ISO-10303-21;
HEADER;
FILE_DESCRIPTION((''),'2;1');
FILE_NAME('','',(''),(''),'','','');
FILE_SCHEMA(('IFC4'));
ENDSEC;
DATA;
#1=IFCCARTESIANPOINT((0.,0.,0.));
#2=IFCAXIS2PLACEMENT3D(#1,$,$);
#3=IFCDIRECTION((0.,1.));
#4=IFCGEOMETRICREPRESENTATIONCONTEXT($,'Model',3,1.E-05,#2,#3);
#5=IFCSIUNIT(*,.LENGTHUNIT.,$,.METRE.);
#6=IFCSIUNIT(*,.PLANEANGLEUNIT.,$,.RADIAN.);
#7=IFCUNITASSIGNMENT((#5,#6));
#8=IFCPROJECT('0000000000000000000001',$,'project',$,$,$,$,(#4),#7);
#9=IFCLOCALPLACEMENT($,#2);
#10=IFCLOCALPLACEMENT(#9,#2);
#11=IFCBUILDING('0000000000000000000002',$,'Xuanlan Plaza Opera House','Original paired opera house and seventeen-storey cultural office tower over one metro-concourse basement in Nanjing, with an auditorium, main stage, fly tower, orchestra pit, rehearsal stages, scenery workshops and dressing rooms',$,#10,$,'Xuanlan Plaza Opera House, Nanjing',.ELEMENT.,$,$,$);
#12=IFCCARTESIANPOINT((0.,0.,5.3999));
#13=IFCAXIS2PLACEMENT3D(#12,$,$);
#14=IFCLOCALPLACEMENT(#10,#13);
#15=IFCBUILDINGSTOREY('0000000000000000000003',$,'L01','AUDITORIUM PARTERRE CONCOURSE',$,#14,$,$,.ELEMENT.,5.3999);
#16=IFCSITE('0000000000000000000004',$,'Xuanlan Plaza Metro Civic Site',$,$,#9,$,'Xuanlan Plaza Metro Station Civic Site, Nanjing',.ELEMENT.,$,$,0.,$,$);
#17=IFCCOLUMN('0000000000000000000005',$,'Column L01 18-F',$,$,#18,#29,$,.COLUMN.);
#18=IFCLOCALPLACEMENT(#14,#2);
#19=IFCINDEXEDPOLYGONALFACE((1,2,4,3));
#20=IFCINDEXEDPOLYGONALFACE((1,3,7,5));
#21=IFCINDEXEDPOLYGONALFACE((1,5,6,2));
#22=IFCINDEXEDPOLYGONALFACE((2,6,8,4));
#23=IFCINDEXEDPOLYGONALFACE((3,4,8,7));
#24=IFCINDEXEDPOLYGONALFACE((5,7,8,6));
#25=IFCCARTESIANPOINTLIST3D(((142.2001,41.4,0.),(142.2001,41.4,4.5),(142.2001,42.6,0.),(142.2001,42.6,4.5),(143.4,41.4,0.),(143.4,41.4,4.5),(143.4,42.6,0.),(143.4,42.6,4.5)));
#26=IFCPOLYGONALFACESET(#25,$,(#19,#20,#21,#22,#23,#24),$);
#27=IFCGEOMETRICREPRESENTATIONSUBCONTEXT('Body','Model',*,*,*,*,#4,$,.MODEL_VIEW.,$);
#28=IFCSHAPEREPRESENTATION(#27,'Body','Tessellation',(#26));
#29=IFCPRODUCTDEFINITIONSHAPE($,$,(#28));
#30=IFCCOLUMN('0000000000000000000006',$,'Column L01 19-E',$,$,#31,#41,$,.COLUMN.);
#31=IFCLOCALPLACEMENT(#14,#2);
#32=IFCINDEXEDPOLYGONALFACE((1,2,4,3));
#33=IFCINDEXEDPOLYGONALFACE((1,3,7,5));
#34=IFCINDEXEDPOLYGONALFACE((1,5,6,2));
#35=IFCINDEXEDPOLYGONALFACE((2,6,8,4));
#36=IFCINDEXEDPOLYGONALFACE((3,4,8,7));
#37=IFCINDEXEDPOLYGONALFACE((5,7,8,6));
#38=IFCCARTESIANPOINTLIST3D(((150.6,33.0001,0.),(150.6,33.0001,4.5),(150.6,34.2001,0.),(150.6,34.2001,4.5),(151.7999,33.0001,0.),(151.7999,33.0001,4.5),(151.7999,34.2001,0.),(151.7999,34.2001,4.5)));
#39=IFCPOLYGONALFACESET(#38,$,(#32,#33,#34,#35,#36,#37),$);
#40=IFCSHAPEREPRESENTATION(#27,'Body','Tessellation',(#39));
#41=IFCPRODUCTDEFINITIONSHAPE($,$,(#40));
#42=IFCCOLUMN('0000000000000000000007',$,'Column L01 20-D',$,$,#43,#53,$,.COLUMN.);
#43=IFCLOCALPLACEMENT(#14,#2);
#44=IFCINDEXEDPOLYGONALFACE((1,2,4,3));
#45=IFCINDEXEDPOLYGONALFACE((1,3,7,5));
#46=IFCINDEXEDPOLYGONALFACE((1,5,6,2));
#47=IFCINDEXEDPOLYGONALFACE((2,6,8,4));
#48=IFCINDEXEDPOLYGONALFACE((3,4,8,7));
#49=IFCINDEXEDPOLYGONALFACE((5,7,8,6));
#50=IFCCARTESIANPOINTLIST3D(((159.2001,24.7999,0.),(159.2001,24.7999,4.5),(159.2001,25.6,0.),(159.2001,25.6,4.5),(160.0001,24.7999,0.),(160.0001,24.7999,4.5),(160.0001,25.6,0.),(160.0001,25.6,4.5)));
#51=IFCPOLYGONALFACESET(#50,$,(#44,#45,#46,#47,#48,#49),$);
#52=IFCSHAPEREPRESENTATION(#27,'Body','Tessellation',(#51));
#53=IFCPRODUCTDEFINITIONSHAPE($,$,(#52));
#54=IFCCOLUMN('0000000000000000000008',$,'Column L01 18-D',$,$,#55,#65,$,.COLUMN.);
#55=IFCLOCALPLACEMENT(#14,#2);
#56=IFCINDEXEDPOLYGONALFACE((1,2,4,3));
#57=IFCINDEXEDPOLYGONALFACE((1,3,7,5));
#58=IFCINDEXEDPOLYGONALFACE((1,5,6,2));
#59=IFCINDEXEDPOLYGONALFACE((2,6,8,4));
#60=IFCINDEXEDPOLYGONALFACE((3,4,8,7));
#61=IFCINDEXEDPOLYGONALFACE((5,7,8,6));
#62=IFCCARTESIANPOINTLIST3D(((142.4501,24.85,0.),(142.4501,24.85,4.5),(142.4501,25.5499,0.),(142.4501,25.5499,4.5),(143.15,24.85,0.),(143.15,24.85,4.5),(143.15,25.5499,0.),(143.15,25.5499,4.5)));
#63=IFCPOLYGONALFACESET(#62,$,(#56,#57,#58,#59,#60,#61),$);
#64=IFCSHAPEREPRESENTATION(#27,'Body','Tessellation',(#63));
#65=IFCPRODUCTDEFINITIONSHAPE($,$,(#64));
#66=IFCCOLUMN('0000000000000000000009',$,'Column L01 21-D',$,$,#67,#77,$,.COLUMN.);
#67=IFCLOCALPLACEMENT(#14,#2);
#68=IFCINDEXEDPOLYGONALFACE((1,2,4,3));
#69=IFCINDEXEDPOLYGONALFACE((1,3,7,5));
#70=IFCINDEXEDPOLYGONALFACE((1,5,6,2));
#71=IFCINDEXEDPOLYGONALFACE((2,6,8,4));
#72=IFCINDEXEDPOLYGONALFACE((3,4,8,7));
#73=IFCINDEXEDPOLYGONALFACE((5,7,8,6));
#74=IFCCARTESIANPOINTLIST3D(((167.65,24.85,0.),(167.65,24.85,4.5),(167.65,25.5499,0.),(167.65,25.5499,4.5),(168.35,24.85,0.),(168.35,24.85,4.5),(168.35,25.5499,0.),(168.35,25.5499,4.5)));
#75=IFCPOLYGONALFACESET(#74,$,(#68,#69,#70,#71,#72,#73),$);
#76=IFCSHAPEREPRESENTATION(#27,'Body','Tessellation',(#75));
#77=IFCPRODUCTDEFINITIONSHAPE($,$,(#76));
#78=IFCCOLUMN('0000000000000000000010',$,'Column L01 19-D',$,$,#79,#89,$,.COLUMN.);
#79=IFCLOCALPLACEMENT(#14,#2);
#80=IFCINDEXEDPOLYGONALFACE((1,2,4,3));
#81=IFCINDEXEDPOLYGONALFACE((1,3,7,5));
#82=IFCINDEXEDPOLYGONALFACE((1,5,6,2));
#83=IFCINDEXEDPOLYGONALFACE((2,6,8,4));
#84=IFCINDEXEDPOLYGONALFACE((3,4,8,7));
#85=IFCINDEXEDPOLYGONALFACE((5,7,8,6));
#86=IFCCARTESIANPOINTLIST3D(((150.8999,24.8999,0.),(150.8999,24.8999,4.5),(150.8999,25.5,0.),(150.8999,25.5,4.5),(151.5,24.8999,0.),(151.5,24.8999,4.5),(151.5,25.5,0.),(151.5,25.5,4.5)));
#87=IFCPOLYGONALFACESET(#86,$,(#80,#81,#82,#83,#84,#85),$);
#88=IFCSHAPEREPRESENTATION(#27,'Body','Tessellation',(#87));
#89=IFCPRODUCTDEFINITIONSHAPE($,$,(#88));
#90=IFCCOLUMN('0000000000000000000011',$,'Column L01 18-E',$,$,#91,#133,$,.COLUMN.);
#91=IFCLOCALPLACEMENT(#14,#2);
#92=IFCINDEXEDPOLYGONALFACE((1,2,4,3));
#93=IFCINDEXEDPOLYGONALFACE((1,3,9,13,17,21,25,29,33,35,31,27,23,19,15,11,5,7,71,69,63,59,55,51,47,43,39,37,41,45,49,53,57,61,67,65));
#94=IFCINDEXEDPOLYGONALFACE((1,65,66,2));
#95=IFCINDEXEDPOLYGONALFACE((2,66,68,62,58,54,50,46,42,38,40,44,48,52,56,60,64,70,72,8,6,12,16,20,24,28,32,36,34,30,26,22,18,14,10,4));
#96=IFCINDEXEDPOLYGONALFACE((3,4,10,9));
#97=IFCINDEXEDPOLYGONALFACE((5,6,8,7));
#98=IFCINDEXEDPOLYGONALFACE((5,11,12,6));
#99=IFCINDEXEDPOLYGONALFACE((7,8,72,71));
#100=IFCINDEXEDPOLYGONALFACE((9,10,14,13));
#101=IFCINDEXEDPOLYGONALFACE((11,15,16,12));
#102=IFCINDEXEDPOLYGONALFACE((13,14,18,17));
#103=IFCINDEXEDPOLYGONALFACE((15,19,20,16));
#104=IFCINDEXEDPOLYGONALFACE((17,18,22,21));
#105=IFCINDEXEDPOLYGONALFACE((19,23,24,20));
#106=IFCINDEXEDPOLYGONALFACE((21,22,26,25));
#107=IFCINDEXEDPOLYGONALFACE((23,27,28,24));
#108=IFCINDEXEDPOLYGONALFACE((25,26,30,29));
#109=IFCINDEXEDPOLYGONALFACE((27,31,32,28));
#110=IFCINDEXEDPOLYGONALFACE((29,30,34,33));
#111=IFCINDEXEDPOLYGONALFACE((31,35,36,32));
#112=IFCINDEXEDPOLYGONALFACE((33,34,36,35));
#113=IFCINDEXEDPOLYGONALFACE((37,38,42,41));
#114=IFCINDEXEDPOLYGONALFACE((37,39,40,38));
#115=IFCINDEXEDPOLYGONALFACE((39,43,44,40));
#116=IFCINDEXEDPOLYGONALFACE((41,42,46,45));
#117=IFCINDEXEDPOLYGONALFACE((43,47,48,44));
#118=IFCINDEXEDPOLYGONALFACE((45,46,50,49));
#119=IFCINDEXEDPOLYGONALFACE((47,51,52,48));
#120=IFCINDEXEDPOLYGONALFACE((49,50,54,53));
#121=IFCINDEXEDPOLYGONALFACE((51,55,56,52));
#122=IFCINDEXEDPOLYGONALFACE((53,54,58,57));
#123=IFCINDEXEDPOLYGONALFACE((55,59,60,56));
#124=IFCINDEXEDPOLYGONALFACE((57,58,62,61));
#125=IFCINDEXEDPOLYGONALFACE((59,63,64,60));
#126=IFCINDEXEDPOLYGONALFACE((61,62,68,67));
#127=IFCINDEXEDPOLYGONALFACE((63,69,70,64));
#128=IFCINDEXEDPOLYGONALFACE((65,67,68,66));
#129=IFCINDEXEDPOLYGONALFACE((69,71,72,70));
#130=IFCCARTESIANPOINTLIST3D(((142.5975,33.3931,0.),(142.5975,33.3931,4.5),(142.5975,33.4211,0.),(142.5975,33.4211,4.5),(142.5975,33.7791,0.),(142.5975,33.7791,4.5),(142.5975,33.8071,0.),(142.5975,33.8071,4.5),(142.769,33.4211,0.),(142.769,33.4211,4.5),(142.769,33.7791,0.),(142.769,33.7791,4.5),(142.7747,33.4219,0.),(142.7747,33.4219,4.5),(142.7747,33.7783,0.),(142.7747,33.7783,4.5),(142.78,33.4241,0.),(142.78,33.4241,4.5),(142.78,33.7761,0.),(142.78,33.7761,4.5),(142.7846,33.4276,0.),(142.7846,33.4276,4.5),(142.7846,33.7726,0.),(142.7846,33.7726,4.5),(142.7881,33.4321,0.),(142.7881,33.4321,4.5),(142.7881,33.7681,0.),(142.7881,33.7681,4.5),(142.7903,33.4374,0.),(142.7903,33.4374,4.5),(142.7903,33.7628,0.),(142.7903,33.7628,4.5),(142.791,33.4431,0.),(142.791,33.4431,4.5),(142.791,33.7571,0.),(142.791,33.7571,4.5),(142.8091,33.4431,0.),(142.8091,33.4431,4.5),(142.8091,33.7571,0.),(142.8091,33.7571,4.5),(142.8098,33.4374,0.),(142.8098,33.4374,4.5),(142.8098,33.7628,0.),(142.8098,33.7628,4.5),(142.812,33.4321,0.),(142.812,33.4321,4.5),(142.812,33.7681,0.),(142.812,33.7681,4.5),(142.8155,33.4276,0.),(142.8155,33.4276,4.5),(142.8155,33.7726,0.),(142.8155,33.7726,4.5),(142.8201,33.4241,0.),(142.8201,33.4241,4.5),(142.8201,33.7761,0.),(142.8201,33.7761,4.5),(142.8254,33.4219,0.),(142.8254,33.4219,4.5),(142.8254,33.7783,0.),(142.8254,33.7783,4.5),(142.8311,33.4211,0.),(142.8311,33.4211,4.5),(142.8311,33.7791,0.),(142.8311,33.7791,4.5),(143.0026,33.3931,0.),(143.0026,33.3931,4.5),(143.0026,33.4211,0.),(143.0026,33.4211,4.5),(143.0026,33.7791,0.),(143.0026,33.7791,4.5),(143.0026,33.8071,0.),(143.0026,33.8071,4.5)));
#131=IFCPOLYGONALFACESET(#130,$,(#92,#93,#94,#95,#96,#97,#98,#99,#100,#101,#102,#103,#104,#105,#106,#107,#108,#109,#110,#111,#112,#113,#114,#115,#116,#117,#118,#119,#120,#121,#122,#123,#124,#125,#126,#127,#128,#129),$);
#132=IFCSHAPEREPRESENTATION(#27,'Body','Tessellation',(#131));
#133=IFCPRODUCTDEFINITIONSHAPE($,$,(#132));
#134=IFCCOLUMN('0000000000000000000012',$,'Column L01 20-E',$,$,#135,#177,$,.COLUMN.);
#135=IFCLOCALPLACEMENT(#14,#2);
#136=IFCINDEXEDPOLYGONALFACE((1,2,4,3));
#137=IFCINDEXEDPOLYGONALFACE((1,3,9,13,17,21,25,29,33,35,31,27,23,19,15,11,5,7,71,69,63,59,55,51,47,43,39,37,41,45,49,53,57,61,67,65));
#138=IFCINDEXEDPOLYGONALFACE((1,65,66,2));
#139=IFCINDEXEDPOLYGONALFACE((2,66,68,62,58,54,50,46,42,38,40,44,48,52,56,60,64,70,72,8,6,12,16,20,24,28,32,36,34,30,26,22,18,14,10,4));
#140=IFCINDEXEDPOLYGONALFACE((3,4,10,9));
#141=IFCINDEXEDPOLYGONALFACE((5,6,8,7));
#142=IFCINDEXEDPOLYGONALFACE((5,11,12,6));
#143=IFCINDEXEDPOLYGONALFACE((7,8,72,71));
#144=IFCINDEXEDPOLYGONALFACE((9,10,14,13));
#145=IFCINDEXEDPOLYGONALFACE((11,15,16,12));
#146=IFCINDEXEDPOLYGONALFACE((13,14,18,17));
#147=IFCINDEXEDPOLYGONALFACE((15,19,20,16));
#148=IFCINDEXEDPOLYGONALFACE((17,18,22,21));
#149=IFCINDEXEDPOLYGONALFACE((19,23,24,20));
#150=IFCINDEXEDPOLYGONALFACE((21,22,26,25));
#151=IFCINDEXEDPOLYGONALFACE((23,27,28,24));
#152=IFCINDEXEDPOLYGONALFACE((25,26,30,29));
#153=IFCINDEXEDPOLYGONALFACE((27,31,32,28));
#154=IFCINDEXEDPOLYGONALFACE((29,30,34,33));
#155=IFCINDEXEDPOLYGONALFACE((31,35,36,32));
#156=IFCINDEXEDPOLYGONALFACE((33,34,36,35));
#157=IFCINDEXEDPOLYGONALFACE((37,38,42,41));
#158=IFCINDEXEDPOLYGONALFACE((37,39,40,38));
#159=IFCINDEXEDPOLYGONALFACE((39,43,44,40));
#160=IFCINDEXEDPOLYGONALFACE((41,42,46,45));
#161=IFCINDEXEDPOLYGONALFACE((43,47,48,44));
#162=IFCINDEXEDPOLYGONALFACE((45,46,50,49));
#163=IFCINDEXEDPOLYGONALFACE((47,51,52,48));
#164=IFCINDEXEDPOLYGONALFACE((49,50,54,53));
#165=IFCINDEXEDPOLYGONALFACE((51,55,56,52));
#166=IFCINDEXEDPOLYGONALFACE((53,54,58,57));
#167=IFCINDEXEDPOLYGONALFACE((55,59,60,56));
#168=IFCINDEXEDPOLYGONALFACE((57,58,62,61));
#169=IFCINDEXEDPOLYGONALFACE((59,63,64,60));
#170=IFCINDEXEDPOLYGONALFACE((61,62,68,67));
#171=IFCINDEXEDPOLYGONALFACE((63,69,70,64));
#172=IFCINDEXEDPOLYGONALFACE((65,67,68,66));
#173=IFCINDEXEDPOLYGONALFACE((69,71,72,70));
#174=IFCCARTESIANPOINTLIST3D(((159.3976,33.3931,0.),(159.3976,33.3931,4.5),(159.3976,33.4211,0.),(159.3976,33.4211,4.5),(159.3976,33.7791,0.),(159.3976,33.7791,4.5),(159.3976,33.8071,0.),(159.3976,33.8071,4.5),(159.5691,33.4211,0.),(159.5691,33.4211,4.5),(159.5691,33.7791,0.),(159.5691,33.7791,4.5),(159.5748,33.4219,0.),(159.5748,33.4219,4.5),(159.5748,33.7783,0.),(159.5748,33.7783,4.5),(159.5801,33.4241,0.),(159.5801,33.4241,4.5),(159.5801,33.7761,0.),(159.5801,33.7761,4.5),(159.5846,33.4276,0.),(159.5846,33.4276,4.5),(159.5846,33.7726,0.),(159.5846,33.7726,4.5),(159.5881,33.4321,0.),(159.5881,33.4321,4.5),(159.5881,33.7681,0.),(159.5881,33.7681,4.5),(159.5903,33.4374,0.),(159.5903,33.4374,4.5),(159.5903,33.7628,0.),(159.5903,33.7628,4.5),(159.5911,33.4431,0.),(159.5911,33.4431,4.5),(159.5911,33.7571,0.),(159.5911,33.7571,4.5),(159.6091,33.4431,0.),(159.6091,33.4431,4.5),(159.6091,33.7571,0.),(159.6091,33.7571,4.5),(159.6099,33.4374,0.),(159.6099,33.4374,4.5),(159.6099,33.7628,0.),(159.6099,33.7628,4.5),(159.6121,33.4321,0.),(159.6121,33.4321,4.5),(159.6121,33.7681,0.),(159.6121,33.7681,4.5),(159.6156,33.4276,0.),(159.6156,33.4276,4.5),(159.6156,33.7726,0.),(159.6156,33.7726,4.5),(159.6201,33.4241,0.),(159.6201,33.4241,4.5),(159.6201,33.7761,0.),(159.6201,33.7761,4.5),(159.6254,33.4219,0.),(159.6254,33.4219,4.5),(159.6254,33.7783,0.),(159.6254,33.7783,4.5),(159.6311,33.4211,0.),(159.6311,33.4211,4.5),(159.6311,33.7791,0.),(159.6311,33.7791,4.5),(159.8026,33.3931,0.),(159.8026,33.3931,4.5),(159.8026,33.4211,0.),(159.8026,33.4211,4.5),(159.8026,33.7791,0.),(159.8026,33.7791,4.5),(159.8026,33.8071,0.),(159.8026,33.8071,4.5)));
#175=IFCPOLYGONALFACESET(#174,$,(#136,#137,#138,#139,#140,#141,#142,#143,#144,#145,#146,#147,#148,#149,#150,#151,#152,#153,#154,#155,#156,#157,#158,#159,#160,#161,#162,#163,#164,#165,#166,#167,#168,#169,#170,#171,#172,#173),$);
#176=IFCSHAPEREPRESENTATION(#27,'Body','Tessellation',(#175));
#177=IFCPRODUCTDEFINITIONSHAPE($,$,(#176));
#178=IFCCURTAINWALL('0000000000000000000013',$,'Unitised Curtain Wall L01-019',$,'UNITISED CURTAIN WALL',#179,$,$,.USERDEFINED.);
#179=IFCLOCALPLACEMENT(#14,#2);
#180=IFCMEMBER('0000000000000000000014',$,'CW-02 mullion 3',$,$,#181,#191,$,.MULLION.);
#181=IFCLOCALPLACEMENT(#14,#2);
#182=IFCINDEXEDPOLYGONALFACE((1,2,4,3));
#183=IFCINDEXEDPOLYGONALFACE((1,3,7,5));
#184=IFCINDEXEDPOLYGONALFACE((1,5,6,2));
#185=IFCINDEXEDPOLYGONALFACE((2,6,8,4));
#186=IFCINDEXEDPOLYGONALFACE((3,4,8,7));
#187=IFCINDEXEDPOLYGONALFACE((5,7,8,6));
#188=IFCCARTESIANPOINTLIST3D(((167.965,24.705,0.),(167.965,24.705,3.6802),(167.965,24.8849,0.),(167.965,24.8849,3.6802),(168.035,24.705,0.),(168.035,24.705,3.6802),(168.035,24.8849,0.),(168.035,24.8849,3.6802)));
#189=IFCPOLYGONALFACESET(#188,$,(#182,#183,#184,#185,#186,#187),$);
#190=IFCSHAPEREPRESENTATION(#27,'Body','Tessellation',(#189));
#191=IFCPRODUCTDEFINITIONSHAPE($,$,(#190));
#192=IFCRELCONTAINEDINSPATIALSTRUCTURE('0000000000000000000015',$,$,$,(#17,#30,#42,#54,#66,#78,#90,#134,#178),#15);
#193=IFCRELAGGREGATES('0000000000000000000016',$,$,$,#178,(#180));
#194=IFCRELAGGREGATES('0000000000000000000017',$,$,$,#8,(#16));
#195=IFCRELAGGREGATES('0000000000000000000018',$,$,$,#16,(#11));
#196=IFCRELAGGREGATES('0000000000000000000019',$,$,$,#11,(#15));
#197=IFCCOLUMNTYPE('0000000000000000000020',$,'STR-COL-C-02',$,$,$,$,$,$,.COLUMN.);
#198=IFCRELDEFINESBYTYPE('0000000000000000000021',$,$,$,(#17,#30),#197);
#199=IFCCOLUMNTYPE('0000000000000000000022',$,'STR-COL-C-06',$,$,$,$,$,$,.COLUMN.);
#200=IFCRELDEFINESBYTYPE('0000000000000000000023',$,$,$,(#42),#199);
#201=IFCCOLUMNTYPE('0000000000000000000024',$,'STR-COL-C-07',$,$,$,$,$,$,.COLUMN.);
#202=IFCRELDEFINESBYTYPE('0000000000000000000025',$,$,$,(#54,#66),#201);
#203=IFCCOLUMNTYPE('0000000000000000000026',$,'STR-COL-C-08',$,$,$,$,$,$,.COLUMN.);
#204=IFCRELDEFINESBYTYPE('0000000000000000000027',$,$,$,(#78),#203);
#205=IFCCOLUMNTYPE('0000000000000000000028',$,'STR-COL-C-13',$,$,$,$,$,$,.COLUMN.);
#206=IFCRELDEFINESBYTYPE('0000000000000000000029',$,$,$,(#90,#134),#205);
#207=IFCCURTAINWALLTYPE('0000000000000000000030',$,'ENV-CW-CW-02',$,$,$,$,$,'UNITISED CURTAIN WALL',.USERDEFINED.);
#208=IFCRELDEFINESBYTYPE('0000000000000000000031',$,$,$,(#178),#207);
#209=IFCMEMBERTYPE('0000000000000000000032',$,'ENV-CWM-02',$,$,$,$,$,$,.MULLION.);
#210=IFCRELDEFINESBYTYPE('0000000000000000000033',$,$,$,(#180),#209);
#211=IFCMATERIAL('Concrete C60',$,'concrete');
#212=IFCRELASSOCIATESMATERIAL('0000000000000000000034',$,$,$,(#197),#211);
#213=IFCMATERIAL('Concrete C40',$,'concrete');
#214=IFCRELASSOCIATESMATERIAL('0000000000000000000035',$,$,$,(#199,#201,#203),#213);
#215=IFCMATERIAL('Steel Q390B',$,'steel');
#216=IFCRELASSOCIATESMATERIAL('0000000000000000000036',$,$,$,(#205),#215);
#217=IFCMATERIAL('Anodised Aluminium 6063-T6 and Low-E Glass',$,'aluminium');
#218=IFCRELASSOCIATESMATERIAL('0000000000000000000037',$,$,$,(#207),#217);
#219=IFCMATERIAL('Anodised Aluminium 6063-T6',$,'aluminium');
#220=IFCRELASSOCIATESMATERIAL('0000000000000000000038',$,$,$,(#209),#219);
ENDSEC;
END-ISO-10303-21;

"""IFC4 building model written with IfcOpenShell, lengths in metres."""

from ifc_helpers import new_model, si_unit, direction, frame, origin, origin_2d, place, context, subcontext, project, spatial, rectangle, i_section, extrude, material, material_profile, profile_set, type_object, element, aggregate, save


model = new_model("IFC4")

# Units and contexts
model_context = context("Model", 3, precision=1e-05, world=origin(), true_north=direction((0.0, 1.0)))
body_context = subcontext(model_context, "Body", "Model", "MODEL_VIEW")
ifc_project = project(units=[si_unit("LENGTHUNIT", "METRE"), si_unit("PLANEANGLEUNIT", "RADIAN")], contexts=[model_context])

# Site, building, storey
site_placement = place(None, origin())
site = spatial("IfcSite", under=ifc_project, at=site_placement, Name="Xuanlan Plaza Metro Civic Site", LongName="Xuanlan Plaza Metro Station Civic Site, Nanjing", CompositionType="ELEMENT", RefElevation=0.0)
building_placement = place(site_placement, origin())
building = spatial("IfcBuilding", under=site, at=building_placement, Name="Xuanlan Plaza Opera House", Description="Original paired opera house and seventeen-storey cultural office tower over one metro-concourse basement in Nanjing, with an auditorium, main stage, fly tower, orchestra pit, rehearsal stages, scenery workshops and dressing rooms", LongName="Xuanlan Plaza Opera House, Nanjing", CompositionType="ELEMENT")
storey_placement = place(building_placement, frame((0.0, 0.0, 5.3999)))
storey = spatial("IfcBuildingStorey", under=building, at=storey_placement, Name="L01", Description="AUDITORIUM PARTERRE CONCOURSE", CompositionType="ELEMENT", Elevation=5.3999)

# Columns
ifc_material_1 = material(Name="Concrete C60", Category="concrete")
ifc_material_profile_1 = material_profile(ifc_material_1, rectangle(XDim=1.2, YDim=1.2, at=origin_2d()), Name="RC-COL 1200x1200")
ifc_profile_set_1 = profile_set([ifc_material_profile_1], Name="Concrete C60")
column_type_1 = type_object("IfcColumnType", Name="STR-COL-C-02", PredefinedType="COLUMN", material=ifc_profile_set_1)
for number, where, z_axis, x_axis, name in (
    (1, (142.8, 42.0, 0.0), (0.0, 0.0, 1.0), (1.0, 0.0, 0.0), "Column L01 18-F"),
    (2, (151.2, 33.6001, 0.0), (0.0, 0.0, 1.0), (1.0, 0.0, 0.0), "Column L01 19-E"),
):
    element("IfcColumn", number, at=place(storey_placement, frame(where, z_axis=z_axis, x_axis=x_axis)), inside=storey, type_object=column_type_1, Name=name, PredefinedType="COLUMN", context=body_context, shape_type="SweptSolid", body=[
        extrude(rectangle(XDim=1.2, YDim=1.2, at=origin_2d()), origin(), (0.0, 0.0, 1.0), 4.5),
    ])
ifc_material_2 = material(Name="Concrete C40", Category="concrete")
ifc_material_profile_2 = material_profile(ifc_material_2, rectangle(XDim=0.8, YDim=0.8, at=origin_2d()), Name="RC-COL 800x800")
ifc_profile_set_2 = profile_set([ifc_material_profile_2], Name="Concrete C40")
column_type_2 = type_object("IfcColumnType", Name="STR-COL-C-06", PredefinedType="COLUMN", material=ifc_profile_set_2)
column_1_placement = place(storey_placement, frame((159.6001, 25.2, 0.0), z_axis=(0.0, 0.0, 1.0), x_axis=(1.0, 0.0, 0.0)))
element("IfcColumn", 3, at=column_1_placement, inside=storey, type_object=column_type_2, Name="Column L01 20-D", PredefinedType="COLUMN", context=body_context, shape_type="SweptSolid", body=[
    extrude(rectangle(XDim=0.8, YDim=0.8, at=origin_2d()), origin(), (0.0, 0.0, 1.0), 4.5),
])
ifc_material_profile_3 = material_profile(ifc_material_2, rectangle(XDim=0.7, YDim=0.7, at=origin_2d()), Name="RC-COL 700x700")
ifc_profile_set_3 = profile_set([ifc_material_profile_3], Name="Concrete C40")
column_type_3 = type_object("IfcColumnType", Name="STR-COL-C-07", PredefinedType="COLUMN", material=ifc_profile_set_3)
for number, where, z_axis, x_axis, name in (
    (4, (142.8, 25.2, 0.0), (0.0, 0.0, 1.0), (1.0, 0.0, 0.0), "Column L01 18-D"),
    (5, (168.0, 25.2, 0.0), (0.0, 0.0, 1.0), (1.0, 0.0, 0.0), "Column L01 21-D"),
):
    element("IfcColumn", number, at=place(storey_placement, frame(where, z_axis=z_axis, x_axis=x_axis)), inside=storey, type_object=column_type_3, Name=name, PredefinedType="COLUMN", context=body_context, shape_type="SweptSolid", body=[
        extrude(rectangle(XDim=0.7, YDim=0.7, at=origin_2d()), origin(), (0.0, 0.0, 1.0), 4.5),
    ])
ifc_material_profile_4 = material_profile(ifc_material_2, rectangle(XDim=0.6001, YDim=0.6001, at=origin_2d()), Name="RC-COL 600x600")
ifc_profile_set_4 = profile_set([ifc_material_profile_4], Name="Concrete C40")
column_type_4 = type_object("IfcColumnType", Name="STR-COL-C-08", PredefinedType="COLUMN", material=ifc_profile_set_4)
column_2_placement = place(storey_placement, frame((151.2, 25.2, 0.0), z_axis=(0.0, 0.0, 1.0), x_axis=(1.0, 0.0, 0.0)))
element("IfcColumn", 6, at=column_2_placement, inside=storey, type_object=column_type_4, Name="Column L01 19-D", PredefinedType="COLUMN", context=body_context, shape_type="SweptSolid", body=[
    extrude(rectangle(XDim=0.6001, YDim=0.6001, at=origin_2d()), origin(), (0.0, 0.0, 1.0), 4.5),
])
ifc_material_3 = material(Name="Steel Q390B", Category="steel")
ifc_material_profile_5 = material_profile(ifc_material_3, i_section(OverallWidth=0.405, OverallDepth=0.4141, WebThickness=0.0181, FlangeThickness=0.0281, FilletRadius=0.022, at=origin_2d()), Name="HW 414x405x18x28")
ifc_profile_set_5 = profile_set([ifc_material_profile_5], Name="Steel Q390B")
column_type_5 = type_object("IfcColumnType", Name="STR-COL-C-13", PredefinedType="COLUMN", material=ifc_profile_set_5)
for number, where, z_axis, x_axis, name in (
    (7, (142.8, 33.6001, 0.0), (0.0, 0.0, 1.0), (1.0, 0.0, 0.0), "Column L01 18-E"),
    (8, (159.6001, 33.6001, 0.0), (0.0, 0.0, 1.0), (1.0, 0.0, 0.0), "Column L01 20-E"),
):
    element("IfcColumn", number, at=place(storey_placement, frame(where, z_axis=z_axis, x_axis=x_axis)), inside=storey, type_object=column_type_5, Name=name, PredefinedType="COLUMN", context=body_context, shape_type="SweptSolid", body=[
        extrude(i_section(OverallWidth=0.405, OverallDepth=0.4141, WebThickness=0.0181, FlangeThickness=0.0281, FilletRadius=0.022, at=origin_2d()), origin(), (0.0, 0.0, 1.0), 4.5),
    ])

# Curtain wall, member
ifc_material_4 = material(Name="Anodised Aluminium 6063-T6 and Low-E Glass", Category="aluminium")
curtain_wall_type_1 = type_object("IfcCurtainWallType", Name="ENV-CW-CW-02", ElementType="UNITISED CURTAIN WALL", PredefinedType="USERDEFINED", material=ifc_material_4)
curtain_wall_1_placement = place(storey_placement, origin())
curtain_wall_1 = element("IfcCurtainWall", 9, at=curtain_wall_1_placement, inside=storey, type_object=curtain_wall_type_1, Name="Unitised Curtain Wall L01-019", ObjectType="UNITISED CURTAIN WALL", PredefinedType="USERDEFINED")
ifc_material_5 = material(Name="Anodised Aluminium 6063-T6", Category="aluminium")
ifc_material_profile_6 = material_profile(ifc_material_5, rectangle(XDim=0.0701, YDim=0.1799, at=origin_2d()), Name="ALU-M 70x180")
ifc_profile_set_6 = profile_set([ifc_material_profile_6], Name="Anodised Aluminium 6063-T6")
member_type_1 = type_object("IfcMemberType", Name="ENV-CWM-02", PredefinedType="MULLION", material=ifc_profile_set_6)
member_1_placement = place(storey_placement, frame((168.0, 24.7949, 0.0), z_axis=(0.0, 0.0, 1.0), x_axis=(-1.0, 0.0, 0.0)))
member_1 = element("IfcMember", 10, at=member_1_placement, type_object=member_type_1, Name="CW-02 mullion 3", PredefinedType="MULLION", context=body_context, shape_type="SweptSolid", body=[
    extrude(rectangle(XDim=0.0701, YDim=0.1799, at=origin_2d()), origin(), (0.0, 0.0, 1.0), 3.6802),
])

aggregate(curtain_wall_1, [member_1])

save(model, "model.ifc")
